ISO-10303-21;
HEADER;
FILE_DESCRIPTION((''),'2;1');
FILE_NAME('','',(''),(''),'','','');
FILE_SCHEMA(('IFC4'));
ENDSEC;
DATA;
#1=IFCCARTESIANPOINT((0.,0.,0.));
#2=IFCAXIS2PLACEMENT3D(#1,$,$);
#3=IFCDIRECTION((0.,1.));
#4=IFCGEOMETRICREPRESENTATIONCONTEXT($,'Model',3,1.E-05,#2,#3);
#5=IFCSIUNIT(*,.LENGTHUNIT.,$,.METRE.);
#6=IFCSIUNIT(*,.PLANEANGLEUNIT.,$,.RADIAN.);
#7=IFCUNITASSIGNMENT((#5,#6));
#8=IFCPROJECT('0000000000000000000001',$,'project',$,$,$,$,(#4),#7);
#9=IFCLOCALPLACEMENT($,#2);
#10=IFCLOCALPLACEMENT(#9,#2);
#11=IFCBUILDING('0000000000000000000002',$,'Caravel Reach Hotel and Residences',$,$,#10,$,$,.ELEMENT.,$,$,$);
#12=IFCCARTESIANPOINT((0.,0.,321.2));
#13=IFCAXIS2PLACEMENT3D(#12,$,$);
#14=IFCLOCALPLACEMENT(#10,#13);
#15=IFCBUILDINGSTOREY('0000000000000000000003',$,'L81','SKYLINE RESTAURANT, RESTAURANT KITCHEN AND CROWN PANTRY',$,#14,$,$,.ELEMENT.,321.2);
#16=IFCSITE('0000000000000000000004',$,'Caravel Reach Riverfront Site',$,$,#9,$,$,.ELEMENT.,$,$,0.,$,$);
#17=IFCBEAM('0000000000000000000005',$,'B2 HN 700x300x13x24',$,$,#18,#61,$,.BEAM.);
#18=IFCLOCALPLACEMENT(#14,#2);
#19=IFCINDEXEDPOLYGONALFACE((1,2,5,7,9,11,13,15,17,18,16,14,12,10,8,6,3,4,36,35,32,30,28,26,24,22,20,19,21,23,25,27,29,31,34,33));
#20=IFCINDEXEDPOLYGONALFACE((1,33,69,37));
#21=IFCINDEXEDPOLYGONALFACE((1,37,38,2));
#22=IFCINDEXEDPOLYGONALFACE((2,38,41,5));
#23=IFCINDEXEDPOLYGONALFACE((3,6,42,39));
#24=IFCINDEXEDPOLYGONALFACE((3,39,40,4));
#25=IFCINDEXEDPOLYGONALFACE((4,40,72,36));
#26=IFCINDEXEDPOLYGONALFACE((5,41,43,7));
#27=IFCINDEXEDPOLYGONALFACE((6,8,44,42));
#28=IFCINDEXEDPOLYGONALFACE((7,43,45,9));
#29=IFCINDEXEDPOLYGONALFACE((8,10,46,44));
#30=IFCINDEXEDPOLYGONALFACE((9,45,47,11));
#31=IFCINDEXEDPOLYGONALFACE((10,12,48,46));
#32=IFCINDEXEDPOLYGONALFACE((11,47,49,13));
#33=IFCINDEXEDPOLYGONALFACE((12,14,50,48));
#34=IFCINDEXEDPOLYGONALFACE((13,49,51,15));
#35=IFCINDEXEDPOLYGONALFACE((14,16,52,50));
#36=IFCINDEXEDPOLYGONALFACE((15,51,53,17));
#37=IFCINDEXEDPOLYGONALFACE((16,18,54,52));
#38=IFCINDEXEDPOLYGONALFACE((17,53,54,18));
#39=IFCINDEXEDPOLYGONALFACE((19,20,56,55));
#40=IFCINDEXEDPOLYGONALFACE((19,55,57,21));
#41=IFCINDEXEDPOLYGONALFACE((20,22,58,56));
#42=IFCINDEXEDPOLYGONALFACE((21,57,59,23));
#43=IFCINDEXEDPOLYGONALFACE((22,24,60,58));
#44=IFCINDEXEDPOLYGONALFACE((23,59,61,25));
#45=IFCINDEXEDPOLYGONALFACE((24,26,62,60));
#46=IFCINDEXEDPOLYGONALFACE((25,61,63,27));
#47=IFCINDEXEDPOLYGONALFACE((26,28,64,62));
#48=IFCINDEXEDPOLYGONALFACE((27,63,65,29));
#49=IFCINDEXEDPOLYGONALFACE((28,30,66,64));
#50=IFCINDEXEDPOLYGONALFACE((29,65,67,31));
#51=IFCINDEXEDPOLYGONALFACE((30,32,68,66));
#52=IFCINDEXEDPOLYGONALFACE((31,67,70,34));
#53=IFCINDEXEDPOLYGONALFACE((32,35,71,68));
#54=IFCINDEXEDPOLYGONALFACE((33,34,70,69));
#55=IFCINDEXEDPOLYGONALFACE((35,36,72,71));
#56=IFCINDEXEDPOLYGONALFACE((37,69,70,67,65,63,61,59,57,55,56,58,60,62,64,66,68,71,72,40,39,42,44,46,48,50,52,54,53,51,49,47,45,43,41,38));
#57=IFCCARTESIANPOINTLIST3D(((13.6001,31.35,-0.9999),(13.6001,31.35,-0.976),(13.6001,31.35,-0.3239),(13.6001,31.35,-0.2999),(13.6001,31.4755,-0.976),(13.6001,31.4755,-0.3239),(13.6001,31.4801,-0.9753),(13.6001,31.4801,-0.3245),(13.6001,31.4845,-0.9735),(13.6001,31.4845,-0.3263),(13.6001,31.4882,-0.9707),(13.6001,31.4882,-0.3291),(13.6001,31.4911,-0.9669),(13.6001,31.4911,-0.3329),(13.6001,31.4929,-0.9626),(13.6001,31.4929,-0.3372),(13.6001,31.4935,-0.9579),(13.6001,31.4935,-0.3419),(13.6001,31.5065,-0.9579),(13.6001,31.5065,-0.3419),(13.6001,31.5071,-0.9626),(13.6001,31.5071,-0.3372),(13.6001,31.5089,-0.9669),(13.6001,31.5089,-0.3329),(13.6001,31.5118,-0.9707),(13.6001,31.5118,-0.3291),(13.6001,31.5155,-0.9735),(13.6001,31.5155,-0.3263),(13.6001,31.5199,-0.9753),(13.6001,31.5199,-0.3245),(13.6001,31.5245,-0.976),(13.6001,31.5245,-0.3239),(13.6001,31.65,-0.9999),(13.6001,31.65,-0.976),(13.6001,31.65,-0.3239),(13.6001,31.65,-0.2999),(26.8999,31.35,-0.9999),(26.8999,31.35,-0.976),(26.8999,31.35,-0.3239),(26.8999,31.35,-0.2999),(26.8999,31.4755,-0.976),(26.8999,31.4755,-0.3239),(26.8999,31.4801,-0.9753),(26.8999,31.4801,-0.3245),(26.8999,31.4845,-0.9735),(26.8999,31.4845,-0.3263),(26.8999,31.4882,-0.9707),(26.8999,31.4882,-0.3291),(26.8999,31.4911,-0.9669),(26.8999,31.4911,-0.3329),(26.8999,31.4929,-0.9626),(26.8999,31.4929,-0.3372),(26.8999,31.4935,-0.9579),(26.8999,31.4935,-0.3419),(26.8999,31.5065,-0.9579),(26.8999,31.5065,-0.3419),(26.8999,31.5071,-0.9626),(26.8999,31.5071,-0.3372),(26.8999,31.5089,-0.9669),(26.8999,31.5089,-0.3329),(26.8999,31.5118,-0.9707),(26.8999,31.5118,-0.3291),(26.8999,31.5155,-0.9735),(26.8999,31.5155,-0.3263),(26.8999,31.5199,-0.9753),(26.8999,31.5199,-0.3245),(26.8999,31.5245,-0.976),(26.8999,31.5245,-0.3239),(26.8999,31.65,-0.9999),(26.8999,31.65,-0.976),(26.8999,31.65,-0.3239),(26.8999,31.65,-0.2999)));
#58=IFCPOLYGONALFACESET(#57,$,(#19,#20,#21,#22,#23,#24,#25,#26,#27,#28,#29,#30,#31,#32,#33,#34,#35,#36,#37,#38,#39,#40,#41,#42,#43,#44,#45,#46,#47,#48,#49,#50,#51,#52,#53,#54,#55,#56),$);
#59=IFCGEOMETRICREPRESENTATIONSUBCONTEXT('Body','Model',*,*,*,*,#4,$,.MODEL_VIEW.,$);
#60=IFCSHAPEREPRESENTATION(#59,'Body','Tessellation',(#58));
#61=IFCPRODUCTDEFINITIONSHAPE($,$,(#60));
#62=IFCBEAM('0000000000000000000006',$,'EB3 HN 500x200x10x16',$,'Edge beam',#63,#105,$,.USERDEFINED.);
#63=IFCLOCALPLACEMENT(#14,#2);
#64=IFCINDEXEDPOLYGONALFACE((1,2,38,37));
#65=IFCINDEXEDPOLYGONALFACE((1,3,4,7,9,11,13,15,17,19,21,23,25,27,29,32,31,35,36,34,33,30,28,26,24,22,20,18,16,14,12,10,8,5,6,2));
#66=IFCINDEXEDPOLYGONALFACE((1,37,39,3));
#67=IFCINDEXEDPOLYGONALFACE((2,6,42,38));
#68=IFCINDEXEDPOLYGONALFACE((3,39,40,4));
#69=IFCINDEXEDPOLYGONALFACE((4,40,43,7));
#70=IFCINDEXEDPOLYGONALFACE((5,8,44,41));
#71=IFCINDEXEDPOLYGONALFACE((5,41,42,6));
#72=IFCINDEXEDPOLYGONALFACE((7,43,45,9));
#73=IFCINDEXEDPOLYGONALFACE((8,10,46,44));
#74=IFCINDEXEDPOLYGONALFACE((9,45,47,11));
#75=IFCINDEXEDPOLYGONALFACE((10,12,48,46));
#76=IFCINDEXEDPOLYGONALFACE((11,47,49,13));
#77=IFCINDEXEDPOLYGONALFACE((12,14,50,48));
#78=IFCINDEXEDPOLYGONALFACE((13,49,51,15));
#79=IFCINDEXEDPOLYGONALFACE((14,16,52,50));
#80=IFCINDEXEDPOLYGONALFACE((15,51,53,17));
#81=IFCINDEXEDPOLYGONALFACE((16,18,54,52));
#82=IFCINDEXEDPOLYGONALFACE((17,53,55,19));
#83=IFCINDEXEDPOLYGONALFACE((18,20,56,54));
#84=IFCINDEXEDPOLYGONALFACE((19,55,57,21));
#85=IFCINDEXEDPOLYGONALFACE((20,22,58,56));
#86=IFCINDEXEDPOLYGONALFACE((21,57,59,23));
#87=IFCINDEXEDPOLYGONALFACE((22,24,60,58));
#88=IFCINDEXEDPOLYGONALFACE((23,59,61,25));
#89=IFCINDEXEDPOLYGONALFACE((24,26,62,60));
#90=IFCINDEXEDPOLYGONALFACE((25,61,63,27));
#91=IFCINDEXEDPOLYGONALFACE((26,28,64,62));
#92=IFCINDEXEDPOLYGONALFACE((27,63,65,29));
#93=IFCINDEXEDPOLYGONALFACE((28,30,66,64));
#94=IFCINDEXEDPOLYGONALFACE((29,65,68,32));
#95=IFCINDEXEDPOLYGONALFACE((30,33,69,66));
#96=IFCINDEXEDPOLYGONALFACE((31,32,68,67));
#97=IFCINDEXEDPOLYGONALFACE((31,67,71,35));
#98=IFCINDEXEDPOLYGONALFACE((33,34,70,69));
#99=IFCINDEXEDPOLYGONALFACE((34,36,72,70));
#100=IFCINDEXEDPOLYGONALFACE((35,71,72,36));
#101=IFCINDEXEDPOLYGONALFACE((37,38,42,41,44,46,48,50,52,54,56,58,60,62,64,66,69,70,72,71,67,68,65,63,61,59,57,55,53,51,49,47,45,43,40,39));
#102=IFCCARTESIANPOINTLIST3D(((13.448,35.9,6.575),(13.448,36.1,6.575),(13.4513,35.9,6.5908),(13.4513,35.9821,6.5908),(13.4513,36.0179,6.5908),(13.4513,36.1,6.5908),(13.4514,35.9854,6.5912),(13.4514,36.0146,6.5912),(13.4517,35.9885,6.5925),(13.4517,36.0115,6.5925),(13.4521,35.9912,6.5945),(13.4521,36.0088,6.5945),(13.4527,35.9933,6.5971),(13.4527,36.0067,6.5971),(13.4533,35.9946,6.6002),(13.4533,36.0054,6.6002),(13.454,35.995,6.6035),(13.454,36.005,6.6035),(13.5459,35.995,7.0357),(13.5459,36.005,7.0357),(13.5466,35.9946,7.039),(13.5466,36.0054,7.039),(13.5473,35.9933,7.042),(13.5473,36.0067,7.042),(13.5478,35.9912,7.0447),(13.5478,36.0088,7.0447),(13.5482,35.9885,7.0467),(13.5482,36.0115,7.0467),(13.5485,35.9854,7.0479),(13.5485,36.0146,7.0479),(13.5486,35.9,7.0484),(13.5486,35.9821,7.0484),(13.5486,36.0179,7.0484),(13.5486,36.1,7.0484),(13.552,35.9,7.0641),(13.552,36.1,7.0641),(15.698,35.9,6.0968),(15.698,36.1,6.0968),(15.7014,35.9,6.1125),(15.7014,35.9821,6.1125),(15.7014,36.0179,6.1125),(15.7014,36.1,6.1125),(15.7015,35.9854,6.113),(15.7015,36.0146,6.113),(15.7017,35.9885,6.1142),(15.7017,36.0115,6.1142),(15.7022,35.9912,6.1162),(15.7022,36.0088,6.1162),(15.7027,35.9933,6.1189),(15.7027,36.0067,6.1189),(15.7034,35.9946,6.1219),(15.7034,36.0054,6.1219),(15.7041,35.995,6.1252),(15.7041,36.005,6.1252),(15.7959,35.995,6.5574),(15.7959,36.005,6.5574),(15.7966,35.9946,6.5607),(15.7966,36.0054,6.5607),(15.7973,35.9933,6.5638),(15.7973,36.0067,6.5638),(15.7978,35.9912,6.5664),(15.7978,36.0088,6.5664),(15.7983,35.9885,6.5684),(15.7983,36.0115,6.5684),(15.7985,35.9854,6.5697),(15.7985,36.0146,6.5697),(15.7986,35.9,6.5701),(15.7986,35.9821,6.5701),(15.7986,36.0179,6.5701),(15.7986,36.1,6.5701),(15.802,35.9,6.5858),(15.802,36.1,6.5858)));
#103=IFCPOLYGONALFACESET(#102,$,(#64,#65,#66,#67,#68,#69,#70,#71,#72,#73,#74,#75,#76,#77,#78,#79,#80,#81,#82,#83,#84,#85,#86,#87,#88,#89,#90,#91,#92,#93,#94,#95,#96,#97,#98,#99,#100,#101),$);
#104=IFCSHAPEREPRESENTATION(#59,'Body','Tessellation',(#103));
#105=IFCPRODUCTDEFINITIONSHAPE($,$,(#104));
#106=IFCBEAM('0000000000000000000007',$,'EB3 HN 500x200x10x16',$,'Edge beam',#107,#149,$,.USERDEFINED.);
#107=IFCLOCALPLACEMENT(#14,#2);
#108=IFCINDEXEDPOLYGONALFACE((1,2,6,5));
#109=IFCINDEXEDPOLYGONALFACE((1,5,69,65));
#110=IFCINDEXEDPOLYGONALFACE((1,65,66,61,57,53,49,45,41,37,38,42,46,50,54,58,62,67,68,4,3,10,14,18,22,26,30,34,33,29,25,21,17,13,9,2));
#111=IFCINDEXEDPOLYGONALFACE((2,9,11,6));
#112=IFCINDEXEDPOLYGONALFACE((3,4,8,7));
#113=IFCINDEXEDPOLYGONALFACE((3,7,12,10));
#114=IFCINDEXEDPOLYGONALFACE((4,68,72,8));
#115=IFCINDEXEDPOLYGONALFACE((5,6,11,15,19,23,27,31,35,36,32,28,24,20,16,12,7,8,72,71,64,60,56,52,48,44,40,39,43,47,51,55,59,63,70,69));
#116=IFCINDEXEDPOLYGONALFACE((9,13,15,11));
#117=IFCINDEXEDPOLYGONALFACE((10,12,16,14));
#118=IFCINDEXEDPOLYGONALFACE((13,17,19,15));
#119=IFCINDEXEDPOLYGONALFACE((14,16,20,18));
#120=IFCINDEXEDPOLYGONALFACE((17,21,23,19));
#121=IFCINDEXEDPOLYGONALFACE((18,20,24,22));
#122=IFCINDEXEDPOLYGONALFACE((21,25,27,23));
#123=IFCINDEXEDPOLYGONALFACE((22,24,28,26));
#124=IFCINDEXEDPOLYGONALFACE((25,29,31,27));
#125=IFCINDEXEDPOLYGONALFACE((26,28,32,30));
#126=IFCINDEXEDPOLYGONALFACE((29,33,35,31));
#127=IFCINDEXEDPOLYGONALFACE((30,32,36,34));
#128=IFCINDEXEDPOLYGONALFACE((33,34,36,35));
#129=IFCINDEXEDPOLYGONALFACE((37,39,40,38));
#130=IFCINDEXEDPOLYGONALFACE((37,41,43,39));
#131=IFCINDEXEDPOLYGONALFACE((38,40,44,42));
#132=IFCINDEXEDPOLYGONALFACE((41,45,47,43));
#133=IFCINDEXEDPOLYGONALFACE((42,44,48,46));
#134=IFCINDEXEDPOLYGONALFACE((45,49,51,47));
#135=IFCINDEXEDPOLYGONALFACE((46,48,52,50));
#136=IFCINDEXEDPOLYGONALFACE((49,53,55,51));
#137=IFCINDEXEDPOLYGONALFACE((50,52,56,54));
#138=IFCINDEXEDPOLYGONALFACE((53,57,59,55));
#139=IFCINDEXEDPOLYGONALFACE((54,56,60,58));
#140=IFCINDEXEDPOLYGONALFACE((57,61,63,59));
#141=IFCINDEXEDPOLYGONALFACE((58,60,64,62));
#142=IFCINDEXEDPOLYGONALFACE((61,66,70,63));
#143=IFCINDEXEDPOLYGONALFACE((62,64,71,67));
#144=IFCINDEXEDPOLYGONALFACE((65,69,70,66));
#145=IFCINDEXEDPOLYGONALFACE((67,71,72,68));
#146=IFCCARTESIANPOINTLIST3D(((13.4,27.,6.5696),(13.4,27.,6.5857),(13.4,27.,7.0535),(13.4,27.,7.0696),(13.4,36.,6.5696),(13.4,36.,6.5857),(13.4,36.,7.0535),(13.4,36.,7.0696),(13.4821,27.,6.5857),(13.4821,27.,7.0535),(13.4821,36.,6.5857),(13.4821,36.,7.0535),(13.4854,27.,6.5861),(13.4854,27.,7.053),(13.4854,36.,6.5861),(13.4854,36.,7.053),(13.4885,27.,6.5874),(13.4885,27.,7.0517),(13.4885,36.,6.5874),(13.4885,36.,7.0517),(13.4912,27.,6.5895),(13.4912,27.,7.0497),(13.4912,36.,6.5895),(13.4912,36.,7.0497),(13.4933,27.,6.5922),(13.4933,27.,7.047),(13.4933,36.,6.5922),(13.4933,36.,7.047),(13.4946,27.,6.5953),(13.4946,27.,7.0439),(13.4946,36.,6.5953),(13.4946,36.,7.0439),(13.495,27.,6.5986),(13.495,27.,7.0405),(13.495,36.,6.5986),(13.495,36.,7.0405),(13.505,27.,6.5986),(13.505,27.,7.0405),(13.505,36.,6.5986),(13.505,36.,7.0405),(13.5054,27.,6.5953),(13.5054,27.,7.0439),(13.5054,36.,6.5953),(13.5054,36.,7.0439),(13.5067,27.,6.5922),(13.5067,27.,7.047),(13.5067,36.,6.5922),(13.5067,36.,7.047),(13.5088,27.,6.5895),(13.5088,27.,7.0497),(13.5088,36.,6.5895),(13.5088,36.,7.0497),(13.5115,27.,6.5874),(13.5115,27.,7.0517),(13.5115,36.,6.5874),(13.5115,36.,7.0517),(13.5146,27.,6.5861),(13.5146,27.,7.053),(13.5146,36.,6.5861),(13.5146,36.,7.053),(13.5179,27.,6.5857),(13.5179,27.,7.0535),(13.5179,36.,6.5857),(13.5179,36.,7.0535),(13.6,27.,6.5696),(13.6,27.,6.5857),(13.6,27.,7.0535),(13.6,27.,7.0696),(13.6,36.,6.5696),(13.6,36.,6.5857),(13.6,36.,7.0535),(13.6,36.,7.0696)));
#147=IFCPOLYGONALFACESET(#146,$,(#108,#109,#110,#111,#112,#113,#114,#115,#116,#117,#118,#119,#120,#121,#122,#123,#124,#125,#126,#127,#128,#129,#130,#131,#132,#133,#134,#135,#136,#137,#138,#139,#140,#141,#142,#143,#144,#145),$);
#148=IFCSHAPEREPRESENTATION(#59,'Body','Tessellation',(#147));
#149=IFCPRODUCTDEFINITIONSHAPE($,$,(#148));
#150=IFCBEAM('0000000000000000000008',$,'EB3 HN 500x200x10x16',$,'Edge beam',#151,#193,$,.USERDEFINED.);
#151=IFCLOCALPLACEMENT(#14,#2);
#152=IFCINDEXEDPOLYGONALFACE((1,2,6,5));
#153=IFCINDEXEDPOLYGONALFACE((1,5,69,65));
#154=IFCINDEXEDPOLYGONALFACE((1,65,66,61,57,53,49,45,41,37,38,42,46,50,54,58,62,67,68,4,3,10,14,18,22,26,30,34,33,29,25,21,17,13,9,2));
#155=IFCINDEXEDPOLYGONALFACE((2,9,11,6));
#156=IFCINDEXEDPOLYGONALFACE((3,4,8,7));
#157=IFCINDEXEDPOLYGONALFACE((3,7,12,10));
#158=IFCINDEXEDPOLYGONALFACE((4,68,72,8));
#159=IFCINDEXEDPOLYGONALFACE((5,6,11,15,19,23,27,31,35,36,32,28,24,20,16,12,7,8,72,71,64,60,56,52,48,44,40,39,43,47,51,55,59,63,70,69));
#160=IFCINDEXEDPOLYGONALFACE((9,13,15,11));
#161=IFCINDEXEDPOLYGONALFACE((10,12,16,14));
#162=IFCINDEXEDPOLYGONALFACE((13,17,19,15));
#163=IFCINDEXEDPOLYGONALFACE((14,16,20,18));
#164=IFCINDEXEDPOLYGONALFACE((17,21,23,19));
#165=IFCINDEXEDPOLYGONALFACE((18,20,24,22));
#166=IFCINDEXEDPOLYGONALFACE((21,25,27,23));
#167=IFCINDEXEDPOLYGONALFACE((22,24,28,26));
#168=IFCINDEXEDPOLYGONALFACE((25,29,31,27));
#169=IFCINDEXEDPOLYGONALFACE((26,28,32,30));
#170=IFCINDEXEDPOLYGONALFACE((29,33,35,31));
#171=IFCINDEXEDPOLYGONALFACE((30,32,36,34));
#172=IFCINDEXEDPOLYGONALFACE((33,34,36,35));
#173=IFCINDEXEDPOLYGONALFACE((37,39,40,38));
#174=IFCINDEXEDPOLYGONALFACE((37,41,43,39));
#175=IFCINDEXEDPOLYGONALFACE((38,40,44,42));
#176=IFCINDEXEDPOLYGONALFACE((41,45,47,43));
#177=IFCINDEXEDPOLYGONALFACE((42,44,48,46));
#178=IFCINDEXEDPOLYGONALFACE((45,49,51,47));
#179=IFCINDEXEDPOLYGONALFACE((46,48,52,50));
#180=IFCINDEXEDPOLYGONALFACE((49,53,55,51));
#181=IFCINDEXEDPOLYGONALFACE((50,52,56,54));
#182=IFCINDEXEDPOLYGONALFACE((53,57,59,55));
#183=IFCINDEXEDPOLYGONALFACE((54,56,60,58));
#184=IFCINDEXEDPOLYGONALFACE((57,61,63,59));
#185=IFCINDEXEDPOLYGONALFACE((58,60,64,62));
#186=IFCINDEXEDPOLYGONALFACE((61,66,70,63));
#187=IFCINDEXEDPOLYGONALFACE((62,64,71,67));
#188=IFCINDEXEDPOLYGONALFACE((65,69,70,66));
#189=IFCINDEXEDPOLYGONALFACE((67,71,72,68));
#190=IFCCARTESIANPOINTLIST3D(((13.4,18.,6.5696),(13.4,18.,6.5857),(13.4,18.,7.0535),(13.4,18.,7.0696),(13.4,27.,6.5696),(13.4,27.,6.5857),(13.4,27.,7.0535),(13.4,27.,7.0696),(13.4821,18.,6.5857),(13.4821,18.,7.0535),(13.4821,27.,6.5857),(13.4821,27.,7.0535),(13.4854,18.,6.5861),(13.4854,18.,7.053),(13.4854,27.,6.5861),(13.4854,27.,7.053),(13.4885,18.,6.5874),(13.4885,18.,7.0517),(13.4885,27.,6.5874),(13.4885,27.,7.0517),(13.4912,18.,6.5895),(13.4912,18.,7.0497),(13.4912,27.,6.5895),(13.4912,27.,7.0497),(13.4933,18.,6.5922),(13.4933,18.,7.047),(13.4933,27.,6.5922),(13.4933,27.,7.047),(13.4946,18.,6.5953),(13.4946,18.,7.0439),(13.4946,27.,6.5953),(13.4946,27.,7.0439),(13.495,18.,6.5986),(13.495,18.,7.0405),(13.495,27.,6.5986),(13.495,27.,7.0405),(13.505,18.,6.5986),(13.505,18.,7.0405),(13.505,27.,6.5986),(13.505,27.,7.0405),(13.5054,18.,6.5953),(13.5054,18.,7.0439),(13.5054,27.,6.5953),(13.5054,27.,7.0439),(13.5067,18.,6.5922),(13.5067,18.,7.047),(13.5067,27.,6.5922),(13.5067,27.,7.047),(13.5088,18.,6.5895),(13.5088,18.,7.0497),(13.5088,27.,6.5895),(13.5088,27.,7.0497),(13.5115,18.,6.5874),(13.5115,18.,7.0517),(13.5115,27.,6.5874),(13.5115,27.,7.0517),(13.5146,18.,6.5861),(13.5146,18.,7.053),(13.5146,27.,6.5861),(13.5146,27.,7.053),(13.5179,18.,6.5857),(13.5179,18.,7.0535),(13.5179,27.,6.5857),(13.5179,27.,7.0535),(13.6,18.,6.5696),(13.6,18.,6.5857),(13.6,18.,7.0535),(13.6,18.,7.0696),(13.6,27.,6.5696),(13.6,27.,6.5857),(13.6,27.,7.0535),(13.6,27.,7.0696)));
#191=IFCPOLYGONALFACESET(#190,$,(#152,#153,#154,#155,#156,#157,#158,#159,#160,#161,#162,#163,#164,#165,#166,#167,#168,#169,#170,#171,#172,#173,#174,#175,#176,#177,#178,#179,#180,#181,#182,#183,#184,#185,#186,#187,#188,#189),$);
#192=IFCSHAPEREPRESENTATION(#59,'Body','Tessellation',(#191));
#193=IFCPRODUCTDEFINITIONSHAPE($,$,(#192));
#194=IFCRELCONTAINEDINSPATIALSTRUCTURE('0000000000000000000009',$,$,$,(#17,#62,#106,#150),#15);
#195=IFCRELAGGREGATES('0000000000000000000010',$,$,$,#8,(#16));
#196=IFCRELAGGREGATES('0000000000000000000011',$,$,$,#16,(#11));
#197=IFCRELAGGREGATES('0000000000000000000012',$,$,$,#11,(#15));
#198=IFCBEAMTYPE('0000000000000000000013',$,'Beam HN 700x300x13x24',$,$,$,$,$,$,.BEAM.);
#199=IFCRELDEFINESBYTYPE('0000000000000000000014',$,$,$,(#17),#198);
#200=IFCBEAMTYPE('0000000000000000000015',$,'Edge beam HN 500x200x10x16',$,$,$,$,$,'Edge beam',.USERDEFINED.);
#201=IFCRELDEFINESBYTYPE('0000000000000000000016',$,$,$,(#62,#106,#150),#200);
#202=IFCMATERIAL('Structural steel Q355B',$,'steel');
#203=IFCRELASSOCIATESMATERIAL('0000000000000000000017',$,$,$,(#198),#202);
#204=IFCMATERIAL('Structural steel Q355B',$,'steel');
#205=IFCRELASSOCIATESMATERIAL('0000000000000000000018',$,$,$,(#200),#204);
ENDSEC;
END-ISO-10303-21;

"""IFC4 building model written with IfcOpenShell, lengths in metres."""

from ifc_helpers import new_model, si_unit, direction, frame, origin, origin_2d, place, context, subcontext, project, spatial, i_section, extrude, material, material_profile, profile_set, type_object, element, save


model = new_model("IFC4")

# Units and contexts
model_context = context("Model", 3, precision=1e-05, world=origin(), true_north=direction((0.0, 1.0)))
body_context = subcontext(model_context, "Body", "Model", "MODEL_VIEW")
ifc_project = project(units=[si_unit("LENGTHUNIT", "METRE"), si_unit("PLANEANGLEUNIT", "RADIAN")], contexts=[model_context])

# Site, building, storey
site_placement = place(None, origin())
site = spatial("IfcSite", under=ifc_project, at=site_placement, Name="Caravel Reach Riverfront Site", CompositionType="ELEMENT", RefElevation=0.0)
building_placement = place(site_placement, origin())
building = spatial("IfcBuilding", under=site, at=building_placement, Name="Caravel Reach Hotel and Residences", CompositionType="ELEMENT")
storey_placement = place(building_placement, frame((0.0, 0.0, 321.2)))
storey = spatial("IfcBuildingStorey", under=building, at=storey_placement, Name="L81", Description="SKYLINE RESTAURANT, RESTAURANT KITCHEN AND CROWN PANTRY", CompositionType="ELEMENT", Elevation=321.2)

# Beams
ifc_material_1 = material(Name="Structural steel Q355B", Category="steel")
ifc_material_profile_1 = material_profile(ifc_material_1, i_section(OverallWidth=0.3, OverallDepth=0.7, WebThickness=0.0129, FlangeThickness=0.0239, FilletRadius=0.0181, at=origin_2d()), Name="HN 700x300x13x24")
ifc_profile_set_1 = profile_set([ifc_material_profile_1], Name="Structural steel Q355B")
beam_type_1 = type_object("IfcBeamType", Name="Beam HN 700x300x13x24", PredefinedType="BEAM", material=ifc_profile_set_1)
for number, where, z_axis, x_axis, name in (
    (1, (13.6001, 31.5, -0.6499), (1.0, 0.0, 0.0), (0.0, 1.0, 0.0), "B2 HN 700x300x13x24"),
):
    element("IfcBeam", number, at=place(storey_placement, frame(where, z_axis=z_axis, x_axis=x_axis)), inside=storey, type_object=beam_type_1, Name=name, PredefinedType="BEAM", context=body_context, shape_type="SweptSolid", body=[
        extrude(i_section(OverallWidth=0.3, OverallDepth=0.7, WebThickness=0.0129, FlangeThickness=0.0239, FilletRadius=0.0181, at=origin_2d()), origin(), (0.0, 0.0, 1.0), 13.2998),
    ])
ifc_material_2 = material(Name="Structural steel Q355B", Category="steel")
ifc_material_profile_2 = material_profile(ifc_material_2, i_section(OverallWidth=0.2, OverallDepth=0.5, WebThickness=0.01, FlangeThickness=0.0161, FilletRadius=0.0129, at=origin_2d()), Name="HN 500x200x10x16")
ifc_profile_set_2 = profile_set([ifc_material_profile_2], Name="Structural steel Q355B")
beam_type_2 = type_object("IfcBeamType", Name="Edge beam HN 500x200x10x16", ElementType="Edge beam", PredefinedType="USERDEFINED", material=ifc_profile_set_2)
beam_1_placement = place(storey_placement, frame((15.75, 36.0, 6.3413), z_axis=(-0.978146, 0.0, 0.20792), x_axis=(0.0, -1.0, 0.0)))
element("IfcBeam", 2, at=beam_1_placement, inside=storey, type_object=beam_type_2, Name="EB3 HN 500x200x10x16", ObjectType="Edge beam", PredefinedType="USERDEFINED", context=body_context, shape_type="SweptSolid", body=[
    extrude(i_section(OverallWidth=0.2, OverallDepth=0.5, WebThickness=0.01, FlangeThickness=0.0161, FilletRadius=0.0129, at=origin_2d()), origin(), (0.0, 0.0, 1.0), 2.3003),
])
for number, where, z_axis, x_axis, name in (
    (3, (13.5, 36.0, 6.8196), (0.0, -1.0, 0.0), (1.0, 0.0, 0.0), "EB3 HN 500x200x10x16"),
    (4, (13.5, 27.0, 6.8196), (0.0, -1.0, 0.0), (1.0, 0.0, 0.0), "EB3 HN 500x200x10x16"),
):
    element("IfcBeam", number, at=place(storey_placement, frame(where, z_axis=z_axis, x_axis=x_axis)), inside=storey, type_object=beam_type_2, Name=name, ObjectType="Edge beam", PredefinedType="USERDEFINED", context=body_context, shape_type="SweptSolid", body=[
        extrude(i_section(OverallWidth=0.2, OverallDepth=0.5, WebThickness=0.01, FlangeThickness=0.0161, FilletRadius=0.0129, at=origin_2d()), origin(), (0.0, 0.0, 1.0), 9.0),
    ])

save(model, "model.ifc")
